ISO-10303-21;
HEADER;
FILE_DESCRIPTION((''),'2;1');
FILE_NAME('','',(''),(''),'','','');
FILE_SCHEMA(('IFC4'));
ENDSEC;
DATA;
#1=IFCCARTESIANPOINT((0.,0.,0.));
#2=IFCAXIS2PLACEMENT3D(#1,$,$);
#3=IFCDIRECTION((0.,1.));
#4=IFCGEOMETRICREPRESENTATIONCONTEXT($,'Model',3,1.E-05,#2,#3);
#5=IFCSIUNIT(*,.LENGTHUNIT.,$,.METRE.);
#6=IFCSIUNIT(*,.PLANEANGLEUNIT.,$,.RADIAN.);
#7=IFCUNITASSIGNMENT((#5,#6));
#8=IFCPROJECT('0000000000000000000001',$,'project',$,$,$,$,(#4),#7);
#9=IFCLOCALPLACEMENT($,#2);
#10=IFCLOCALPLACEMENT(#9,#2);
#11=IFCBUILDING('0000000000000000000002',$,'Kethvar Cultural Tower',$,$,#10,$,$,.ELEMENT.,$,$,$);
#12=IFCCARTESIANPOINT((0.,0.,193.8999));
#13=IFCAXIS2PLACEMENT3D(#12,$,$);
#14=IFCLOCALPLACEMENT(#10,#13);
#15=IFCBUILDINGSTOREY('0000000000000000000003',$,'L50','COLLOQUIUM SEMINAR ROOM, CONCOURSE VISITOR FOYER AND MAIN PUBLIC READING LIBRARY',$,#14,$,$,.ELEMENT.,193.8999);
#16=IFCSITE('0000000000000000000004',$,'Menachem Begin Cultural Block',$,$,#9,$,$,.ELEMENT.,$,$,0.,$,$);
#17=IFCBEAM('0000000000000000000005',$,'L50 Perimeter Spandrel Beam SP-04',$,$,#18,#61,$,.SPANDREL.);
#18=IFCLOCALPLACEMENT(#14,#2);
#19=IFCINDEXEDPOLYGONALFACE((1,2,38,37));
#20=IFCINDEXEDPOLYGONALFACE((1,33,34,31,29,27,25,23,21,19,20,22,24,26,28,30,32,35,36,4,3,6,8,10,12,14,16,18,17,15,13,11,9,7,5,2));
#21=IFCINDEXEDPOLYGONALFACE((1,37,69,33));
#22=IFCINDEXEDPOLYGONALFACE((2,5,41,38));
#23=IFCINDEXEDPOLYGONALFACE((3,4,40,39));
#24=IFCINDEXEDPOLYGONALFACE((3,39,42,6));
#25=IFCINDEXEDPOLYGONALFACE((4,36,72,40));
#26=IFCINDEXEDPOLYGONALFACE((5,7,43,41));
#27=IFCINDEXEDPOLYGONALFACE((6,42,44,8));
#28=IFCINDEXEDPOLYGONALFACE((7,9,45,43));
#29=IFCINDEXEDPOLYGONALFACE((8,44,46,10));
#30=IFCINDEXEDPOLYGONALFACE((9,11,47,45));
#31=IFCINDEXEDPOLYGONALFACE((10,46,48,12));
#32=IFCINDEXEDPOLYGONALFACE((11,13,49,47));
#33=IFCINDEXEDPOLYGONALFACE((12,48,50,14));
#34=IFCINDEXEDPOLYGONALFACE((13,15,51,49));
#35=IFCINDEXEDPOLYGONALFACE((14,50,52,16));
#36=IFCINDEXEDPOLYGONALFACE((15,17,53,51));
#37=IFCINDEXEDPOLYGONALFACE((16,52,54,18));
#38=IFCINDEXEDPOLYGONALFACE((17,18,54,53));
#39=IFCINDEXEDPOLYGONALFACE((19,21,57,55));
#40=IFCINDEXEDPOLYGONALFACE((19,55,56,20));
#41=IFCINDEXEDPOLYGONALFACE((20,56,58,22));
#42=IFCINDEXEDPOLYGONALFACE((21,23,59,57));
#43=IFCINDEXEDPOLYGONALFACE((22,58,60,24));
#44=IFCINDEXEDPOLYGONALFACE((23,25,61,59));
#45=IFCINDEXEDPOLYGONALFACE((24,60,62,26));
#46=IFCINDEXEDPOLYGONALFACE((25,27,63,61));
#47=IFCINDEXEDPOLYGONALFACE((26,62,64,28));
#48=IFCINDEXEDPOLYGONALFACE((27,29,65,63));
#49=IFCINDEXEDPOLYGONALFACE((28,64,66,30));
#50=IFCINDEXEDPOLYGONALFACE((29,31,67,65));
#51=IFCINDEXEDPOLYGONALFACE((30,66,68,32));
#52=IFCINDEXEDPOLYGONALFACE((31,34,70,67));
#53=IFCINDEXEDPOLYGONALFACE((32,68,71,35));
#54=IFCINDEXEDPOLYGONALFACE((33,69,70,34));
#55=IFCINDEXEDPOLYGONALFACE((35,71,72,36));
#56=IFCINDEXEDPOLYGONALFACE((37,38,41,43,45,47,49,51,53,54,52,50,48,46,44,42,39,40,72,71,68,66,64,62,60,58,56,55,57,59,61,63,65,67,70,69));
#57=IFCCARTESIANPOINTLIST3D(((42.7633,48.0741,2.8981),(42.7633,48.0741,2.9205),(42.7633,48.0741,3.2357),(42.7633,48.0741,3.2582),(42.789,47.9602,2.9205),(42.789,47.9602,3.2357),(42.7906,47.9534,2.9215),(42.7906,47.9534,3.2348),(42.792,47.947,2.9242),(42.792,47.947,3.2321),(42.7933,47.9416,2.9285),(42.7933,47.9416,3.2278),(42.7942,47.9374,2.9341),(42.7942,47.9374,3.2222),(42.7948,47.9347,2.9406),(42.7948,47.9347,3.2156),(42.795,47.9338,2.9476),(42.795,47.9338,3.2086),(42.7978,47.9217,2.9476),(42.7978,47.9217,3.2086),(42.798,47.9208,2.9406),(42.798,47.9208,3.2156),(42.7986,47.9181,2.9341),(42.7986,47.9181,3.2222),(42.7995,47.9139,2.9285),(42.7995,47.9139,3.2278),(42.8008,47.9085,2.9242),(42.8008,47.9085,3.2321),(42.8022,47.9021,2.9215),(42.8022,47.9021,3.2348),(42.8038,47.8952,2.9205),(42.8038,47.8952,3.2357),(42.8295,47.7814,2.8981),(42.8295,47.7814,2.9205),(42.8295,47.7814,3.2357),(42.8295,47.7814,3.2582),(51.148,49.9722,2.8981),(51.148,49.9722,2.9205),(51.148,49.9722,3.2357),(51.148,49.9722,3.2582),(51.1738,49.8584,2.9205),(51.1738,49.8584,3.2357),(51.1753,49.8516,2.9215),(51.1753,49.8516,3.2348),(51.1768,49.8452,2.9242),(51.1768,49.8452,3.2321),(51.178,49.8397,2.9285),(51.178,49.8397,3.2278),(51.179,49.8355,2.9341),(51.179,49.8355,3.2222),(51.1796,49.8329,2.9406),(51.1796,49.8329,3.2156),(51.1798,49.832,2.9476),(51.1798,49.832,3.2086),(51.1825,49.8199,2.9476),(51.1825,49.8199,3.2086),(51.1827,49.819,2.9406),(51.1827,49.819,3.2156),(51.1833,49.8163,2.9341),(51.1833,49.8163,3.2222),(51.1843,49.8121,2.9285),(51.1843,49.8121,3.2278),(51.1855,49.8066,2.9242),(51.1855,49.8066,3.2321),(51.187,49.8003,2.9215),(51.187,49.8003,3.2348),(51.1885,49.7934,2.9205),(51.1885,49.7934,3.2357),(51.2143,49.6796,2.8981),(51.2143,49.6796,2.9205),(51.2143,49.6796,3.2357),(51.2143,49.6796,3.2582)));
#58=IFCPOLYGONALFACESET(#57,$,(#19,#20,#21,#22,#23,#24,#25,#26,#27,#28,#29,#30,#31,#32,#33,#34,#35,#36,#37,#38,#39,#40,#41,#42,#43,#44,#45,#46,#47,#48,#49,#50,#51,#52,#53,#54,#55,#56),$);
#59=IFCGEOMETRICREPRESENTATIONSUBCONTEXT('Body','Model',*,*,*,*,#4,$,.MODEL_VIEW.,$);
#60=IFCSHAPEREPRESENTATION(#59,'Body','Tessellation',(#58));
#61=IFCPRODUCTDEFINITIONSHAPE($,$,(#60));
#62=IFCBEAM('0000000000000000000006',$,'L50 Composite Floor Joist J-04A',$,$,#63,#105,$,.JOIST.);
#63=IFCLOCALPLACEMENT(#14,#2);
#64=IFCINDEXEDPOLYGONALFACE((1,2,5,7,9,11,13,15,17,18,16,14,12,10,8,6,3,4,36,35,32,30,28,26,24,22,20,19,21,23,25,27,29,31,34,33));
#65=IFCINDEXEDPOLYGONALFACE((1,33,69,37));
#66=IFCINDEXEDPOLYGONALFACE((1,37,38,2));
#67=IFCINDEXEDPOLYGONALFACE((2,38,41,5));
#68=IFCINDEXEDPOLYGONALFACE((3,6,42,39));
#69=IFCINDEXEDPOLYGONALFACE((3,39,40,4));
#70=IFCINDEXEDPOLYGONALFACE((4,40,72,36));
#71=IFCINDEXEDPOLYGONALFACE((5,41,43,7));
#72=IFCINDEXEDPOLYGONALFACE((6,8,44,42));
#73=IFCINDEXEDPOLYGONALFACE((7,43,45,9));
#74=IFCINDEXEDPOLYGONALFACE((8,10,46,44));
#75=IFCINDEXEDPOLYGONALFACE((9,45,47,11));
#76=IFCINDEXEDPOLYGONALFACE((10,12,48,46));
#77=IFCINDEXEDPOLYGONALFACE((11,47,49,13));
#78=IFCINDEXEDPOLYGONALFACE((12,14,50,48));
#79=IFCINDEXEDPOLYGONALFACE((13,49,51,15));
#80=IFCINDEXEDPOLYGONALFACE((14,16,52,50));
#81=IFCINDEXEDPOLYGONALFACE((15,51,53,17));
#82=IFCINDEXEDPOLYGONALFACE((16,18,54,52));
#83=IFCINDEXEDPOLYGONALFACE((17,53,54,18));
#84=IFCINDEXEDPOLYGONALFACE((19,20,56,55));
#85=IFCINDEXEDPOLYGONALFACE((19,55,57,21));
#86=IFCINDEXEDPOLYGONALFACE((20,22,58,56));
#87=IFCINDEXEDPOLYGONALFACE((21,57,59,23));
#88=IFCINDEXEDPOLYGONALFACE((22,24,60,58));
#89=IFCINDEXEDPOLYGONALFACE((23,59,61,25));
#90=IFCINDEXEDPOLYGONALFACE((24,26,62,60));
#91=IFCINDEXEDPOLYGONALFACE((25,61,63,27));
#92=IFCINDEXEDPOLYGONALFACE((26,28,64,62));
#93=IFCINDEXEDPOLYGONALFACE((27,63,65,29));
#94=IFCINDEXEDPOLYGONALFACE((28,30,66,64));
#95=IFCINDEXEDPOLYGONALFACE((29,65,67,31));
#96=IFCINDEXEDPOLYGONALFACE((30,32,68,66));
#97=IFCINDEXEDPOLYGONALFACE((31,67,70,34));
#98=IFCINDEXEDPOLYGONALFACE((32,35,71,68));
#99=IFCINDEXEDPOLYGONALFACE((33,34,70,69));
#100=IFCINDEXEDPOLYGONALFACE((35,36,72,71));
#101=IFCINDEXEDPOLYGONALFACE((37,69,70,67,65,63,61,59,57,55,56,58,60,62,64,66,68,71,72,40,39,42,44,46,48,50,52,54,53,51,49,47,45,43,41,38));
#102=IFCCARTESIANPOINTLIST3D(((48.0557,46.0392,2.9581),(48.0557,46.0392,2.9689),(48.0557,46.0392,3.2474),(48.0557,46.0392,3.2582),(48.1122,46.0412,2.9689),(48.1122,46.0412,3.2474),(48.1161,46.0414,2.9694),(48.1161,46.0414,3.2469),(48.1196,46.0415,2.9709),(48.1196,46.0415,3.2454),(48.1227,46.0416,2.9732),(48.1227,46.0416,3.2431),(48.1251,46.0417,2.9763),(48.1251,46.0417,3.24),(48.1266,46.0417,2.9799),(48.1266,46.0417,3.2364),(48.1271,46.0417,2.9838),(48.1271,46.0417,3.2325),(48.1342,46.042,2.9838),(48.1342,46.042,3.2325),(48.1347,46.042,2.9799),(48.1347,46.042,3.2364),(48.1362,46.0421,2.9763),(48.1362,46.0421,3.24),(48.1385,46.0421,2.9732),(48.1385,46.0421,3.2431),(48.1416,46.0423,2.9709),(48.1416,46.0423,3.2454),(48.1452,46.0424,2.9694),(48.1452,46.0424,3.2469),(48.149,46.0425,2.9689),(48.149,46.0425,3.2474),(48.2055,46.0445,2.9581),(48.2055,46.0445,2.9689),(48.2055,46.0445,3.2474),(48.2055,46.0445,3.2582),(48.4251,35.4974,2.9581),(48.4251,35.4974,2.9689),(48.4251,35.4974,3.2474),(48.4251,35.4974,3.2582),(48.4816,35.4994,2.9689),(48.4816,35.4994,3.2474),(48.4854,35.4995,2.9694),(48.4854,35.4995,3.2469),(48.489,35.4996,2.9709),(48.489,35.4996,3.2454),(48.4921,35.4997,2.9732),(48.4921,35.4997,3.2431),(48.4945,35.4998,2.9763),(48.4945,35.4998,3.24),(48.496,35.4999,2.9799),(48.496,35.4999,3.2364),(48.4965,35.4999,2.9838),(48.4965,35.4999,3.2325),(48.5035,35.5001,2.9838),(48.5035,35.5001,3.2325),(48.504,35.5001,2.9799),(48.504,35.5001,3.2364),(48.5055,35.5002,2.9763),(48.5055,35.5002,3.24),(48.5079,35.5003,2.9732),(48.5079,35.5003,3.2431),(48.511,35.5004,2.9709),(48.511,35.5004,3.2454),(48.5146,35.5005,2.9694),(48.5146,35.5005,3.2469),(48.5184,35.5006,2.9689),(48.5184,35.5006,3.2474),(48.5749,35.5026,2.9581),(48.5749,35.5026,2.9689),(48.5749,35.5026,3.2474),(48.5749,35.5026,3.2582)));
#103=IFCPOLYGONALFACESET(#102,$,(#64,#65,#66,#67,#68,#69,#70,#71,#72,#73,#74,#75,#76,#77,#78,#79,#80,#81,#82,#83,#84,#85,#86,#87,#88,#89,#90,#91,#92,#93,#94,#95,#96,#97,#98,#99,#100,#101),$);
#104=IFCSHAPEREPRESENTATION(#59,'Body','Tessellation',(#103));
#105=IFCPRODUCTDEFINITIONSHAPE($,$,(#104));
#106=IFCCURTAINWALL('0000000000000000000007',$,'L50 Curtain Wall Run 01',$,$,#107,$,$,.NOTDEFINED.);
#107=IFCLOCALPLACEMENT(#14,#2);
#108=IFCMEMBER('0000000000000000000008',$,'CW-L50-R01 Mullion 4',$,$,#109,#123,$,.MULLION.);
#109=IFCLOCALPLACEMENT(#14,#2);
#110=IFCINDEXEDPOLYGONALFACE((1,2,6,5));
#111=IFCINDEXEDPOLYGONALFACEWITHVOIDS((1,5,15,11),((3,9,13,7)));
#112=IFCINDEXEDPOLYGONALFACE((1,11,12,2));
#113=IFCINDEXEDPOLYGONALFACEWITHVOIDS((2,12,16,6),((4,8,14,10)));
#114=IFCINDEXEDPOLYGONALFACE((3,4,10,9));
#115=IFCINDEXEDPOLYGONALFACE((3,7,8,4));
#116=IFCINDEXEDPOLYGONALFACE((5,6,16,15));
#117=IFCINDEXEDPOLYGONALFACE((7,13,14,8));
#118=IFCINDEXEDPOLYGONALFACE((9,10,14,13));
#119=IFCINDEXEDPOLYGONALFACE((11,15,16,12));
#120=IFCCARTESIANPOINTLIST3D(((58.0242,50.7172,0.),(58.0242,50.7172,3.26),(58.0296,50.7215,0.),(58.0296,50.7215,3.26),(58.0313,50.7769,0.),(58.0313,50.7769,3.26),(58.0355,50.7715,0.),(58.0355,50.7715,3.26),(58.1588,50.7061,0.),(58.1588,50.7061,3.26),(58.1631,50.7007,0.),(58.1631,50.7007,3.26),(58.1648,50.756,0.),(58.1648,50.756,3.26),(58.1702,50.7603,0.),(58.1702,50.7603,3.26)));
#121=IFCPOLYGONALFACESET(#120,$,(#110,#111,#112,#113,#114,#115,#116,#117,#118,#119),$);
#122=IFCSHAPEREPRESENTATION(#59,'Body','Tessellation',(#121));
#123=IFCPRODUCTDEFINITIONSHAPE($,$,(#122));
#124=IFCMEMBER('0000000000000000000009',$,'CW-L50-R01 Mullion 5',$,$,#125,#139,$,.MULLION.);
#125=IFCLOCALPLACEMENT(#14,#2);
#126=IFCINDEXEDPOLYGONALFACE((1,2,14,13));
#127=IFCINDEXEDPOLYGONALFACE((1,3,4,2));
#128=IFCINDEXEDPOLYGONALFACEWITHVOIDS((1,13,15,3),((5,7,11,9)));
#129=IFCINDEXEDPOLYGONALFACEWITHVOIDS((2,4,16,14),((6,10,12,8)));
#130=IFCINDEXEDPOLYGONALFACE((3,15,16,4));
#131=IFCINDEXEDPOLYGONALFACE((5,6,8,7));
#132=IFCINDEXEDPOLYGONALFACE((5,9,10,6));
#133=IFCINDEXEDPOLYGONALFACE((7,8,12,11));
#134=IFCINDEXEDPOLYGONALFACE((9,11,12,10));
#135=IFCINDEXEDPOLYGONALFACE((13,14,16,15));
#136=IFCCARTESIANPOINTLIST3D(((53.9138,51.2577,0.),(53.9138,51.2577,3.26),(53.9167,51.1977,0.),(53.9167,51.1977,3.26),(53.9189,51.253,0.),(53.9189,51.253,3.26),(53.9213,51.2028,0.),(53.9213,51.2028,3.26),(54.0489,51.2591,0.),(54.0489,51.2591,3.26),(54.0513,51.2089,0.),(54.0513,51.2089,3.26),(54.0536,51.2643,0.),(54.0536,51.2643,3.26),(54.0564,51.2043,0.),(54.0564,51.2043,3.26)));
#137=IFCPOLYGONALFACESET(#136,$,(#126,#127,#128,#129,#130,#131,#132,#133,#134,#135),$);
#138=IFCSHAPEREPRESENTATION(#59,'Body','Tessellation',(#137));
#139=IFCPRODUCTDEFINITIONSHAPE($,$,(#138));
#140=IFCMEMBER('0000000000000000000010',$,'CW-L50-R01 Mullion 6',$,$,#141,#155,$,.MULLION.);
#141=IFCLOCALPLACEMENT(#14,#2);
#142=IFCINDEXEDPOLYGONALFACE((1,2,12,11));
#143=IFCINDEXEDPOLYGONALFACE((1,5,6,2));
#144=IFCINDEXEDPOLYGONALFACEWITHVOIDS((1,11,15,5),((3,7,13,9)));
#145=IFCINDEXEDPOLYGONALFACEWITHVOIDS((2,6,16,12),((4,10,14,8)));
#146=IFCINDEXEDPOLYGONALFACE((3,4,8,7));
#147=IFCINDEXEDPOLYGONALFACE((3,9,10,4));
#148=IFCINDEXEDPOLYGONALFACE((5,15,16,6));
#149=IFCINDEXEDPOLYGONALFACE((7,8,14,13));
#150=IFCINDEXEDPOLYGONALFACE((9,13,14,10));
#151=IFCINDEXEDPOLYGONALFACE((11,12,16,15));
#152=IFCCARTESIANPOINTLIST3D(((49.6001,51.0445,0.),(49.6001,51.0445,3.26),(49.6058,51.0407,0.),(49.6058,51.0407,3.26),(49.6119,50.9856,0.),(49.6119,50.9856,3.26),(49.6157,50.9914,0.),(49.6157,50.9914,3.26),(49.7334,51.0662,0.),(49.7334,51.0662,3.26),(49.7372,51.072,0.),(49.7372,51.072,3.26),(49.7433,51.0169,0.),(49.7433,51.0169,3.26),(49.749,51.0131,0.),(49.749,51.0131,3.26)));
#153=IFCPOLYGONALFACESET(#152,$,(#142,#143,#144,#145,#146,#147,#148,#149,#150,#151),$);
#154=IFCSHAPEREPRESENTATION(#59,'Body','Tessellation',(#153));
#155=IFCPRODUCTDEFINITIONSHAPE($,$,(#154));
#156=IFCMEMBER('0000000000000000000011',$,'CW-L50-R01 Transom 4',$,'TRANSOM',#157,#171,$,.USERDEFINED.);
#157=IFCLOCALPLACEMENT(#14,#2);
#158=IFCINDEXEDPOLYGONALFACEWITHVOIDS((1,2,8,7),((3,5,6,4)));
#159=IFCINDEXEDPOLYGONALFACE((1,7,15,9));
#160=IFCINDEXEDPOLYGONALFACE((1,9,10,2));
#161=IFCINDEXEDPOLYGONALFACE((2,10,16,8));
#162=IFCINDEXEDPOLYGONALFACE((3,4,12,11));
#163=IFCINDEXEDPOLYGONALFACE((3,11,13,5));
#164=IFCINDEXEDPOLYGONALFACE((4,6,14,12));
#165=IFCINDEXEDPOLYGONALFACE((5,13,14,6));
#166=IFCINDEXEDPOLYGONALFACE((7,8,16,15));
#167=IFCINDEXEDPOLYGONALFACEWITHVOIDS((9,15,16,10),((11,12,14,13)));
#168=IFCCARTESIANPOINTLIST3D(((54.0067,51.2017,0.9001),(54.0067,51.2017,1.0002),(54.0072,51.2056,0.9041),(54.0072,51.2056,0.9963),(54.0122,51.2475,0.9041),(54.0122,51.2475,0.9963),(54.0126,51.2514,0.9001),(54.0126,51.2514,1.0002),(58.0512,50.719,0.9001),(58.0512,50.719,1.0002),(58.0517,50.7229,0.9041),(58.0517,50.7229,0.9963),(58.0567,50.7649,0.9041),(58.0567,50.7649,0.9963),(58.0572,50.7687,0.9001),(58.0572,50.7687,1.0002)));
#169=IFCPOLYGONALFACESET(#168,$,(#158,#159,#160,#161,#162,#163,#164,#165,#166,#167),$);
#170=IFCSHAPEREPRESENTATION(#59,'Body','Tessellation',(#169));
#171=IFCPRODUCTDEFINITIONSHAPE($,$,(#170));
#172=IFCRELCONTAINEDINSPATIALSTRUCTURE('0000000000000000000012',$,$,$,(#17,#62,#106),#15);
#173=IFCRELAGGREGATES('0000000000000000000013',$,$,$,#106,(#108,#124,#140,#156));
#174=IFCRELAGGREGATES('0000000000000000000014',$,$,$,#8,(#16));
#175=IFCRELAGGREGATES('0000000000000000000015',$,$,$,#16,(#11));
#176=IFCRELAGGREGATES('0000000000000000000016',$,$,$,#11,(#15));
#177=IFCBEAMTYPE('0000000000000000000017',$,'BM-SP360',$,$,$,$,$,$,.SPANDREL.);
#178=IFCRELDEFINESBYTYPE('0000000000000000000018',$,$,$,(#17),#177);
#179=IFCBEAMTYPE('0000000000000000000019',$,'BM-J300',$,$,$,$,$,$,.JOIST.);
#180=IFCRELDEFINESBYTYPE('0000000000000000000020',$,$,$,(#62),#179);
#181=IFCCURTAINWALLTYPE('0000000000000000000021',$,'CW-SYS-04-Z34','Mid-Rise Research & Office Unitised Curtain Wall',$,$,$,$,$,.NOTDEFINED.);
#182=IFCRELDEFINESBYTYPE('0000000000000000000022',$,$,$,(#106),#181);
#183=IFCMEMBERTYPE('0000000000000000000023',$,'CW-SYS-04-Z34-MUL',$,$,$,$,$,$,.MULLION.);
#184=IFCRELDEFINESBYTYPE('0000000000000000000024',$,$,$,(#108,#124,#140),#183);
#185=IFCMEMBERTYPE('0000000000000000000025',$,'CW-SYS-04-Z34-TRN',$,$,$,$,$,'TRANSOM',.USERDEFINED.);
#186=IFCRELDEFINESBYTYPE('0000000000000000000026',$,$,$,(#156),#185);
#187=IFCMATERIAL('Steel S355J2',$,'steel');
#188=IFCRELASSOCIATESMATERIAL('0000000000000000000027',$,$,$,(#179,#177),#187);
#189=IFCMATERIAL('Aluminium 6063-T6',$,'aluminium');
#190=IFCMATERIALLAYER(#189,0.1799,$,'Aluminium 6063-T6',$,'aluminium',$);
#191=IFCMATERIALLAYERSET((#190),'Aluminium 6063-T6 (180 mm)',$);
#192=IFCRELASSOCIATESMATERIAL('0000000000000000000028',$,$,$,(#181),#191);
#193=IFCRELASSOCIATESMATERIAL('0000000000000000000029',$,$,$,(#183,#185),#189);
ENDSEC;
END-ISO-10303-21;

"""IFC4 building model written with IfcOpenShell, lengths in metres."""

from ifc_helpers import new_model, si_unit, direction, frame, origin, origin_2d, place, context, subcontext, project, spatial, hollow_rectangle, i_section, extrude, source, transform, mapped, material, layer, layer_set, material_profile, profile_set, type_object, element, aggregate, save


model = new_model("IFC4")

# Units and contexts
model_context = context("Model", 3, precision=1e-05, world=origin(), true_north=direction((0.0, 1.0)))
body_context = subcontext(model_context, "Body", "Model", "MODEL_VIEW")
ifc_project = project(units=[si_unit("LENGTHUNIT", "METRE"), si_unit("PLANEANGLEUNIT", "RADIAN")], contexts=[model_context])

# Site, building, storey
site_placement = place(None, origin())
site = spatial("IfcSite", under=ifc_project, at=site_placement, Name="Menachem Begin Cultural Block", CompositionType="ELEMENT", RefElevation=0.0)
building_placement = place(site_placement, origin())
building = spatial("IfcBuilding", under=site, at=building_placement, Name="Kethvar Cultural Tower", CompositionType="ELEMENT")
storey_placement = place(building_placement, frame((0.0, 0.0, 193.8999)))
storey = spatial("IfcBuildingStorey", under=building, at=storey_placement, Name="L50", Description="COLLOQUIUM SEMINAR ROOM, CONCOURSE VISITOR FOYER AND MAIN PUBLIC READING LIBRARY", CompositionType="ELEMENT", Elevation=193.8999)

# Beams
ifc_material_1 = material(Name="Steel S355J2", Category="steel")
ifc_material_profile_1 = material_profile(ifc_material_1, i_section(OverallWidth=0.1499, OverallDepth=0.3, WebThickness=0.0071, FlangeThickness=0.0107, FilletRadius=0.0149, at=origin_2d()), Name="Steel S355J2 — IPE300")
ifc_profile_set_1 = profile_set([ifc_material_profile_1], Name="Steel S355J2 — IPE300")
beam_type_1 = type_object("IfcBeamType", Name="BM-J300", PredefinedType="JOIST", material=ifc_profile_set_1)
ifc_material_profile_2 = material_profile(ifc_material_1, i_section(OverallWidth=0.3, OverallDepth=0.3601, WebThickness=0.0125, FlangeThickness=0.0225, FilletRadius=0.0271, at=origin_2d()), Name="Steel S355J2 — HEB360")
ifc_profile_set_2 = profile_set([ifc_material_profile_2], Name="Steel S355J2 — HEB360")
beam_type_2 = type_object("IfcBeamType", Name="BM-SP360", PredefinedType="SPANDREL", material=ifc_profile_set_2)
shared_shape_1 = source(origin(), body_context, "Body", "SweptSolid", [
    extrude(i_section(OverallWidth=0.3, OverallDepth=0.3601, WebThickness=0.0125, FlangeThickness=0.0225, FilletRadius=0.0271, at=origin_2d()), origin(), (0.0, 0.0, 1.0), 8.5969),
])
beam_1_placement = place(storey_placement, frame((51.1812, 49.8259, 3.0781), z_axis=(-0.975319, -0.220799, 0.0), x_axis=(0.220799, -0.975319, 0.0)))
element("IfcBeam", 1, at=beam_1_placement, inside=storey, type_object=beam_type_2, Name="L50 Perimeter Spandrel Beam SP-04", PredefinedType="SPANDREL", context=body_context, shape_type="MappedRepresentation", body=[
    mapped(shared_shape_1, transform((0.0, 0.0, 0.0), scale=1.0)),
])
shared_shape_2 = source(origin(), body_context, "Body", "SweptSolid", [
    extrude(i_section(OverallWidth=0.1499, OverallDepth=0.3, WebThickness=0.0071, FlangeThickness=0.0107, FilletRadius=0.0149, at=origin_2d()), origin(), (0.0, 0.0, 1.0), 10.5483),
])
beam_2_placement = place(storey_placement, frame((48.5, 35.5, 3.1082), z_axis=(-0.035018, 0.999387, 0.0), x_axis=(-0.999387, -0.035018, 0.0)))
element("IfcBeam", 2, at=beam_2_placement, inside=storey, type_object=beam_type_1, Name="L50 Composite Floor Joist J-04A", PredefinedType="JOIST", context=body_context, shape_type="MappedRepresentation", body=[
    mapped(shared_shape_2, transform((0.0, 0.0, 0.0), scale=1.0)),
])

# Curtain wall, members
ifc_material_2 = material(Name="Aluminium 6063-T6", Category="aluminium")
ifc_layer_1 = layer(ifc_material_2, 0.1799, Name="Aluminium 6063-T6", Category="aluminium")
ifc_layer_set_1 = layer_set([ifc_layer_1], Name="Aluminium 6063-T6 (180 mm)")
curtain_wall_type = type_object("IfcCurtainWallType", Name="CW-SYS-04-Z34", Description="Mid-Rise Research & Office Unitised Curtain Wall", PredefinedType="NOTDEFINED", material=ifc_layer_set_1)
curtain_wall_placement = place(storey_placement, origin())
curtain_wall = element("IfcCurtainWall", 3, at=curtain_wall_placement, inside=storey, type_object=curtain_wall_type, Name="L50 Curtain Wall Run 01", PredefinedType="NOTDEFINED")
ifc_material_profile_3 = material_profile(ifc_material_2, hollow_rectangle(XDim=0.0601, YDim=0.1399, WallThickness=0.0049, at=origin_2d()), Name="Aluminium 6063-T6 — RHS140x60x5")
ifc_profile_set_3 = profile_set([ifc_material_profile_3], Name="Aluminium 6063-T6 — RHS140x60x5")
member_type_1 = type_object("IfcMemberType", Name="CW-SYS-04-Z34-MUL", PredefinedType="MULLION", material=ifc_profile_set_3)
shared_shape_3 = source(origin(), body_context, "Body", "SweptSolid", [
    extrude(hollow_rectangle(XDim=0.0601, YDim=0.1399, WallThickness=0.0049, at=origin_2d()), origin(), (0.0, 0.0, 1.0), 3.26),
])
member_1_placement = place(storey_placement, frame((58.0972, 50.7388, 0.0), z_axis=(0.0, 0.0, 1.0), x_axis=(-0.118525, -0.992951, 0.0)))
member_1 = element("IfcMember", 4, at=member_1_placement, type_object=member_type_1, Name="CW-L50-R01 Mullion 4", PredefinedType="MULLION", context=body_context, shape_type="MappedRepresentation", body=[
    mapped(shared_shape_3, transform((0.0, 0.0, 0.0), scale=1.0)),
])
member_2_placement = place(storey_placement, frame((53.9851, 51.231, 0.0), z_axis=(0.0, 0.0, 1.0), x_axis=(0.047159, -0.998887, 0.0)))
member_2 = element("IfcMember", 5, at=member_2_placement, type_object=member_type_1, Name="CW-L50-R01 Mullion 5", PredefinedType="MULLION", context=body_context, shape_type="MappedRepresentation", body=[
    mapped(shared_shape_3, transform((0.0, 0.0, 0.0), scale=1.0)),
])
member_3_placement = place(storey_placement, frame((49.6746, 51.0288, 0.0), z_axis=(0.0, 0.0, 1.0), x_axis=(0.196391, -0.980526, 0.0)))
member_3 = element("IfcMember", 6, at=member_3_placement, type_object=member_type_1, Name="CW-L50-R01 Mullion 6", PredefinedType="MULLION", context=body_context, shape_type="MappedRepresentation", body=[
    mapped(shared_shape_3, transform((0.0, 0.0, 0.0), scale=1.0)),
])
ifc_material_profile_4 = material_profile(ifc_material_2, hollow_rectangle(XDim=0.05, YDim=0.1001, WallThickness=0.0039, at=origin_2d()), Name="Aluminium 6063-T6 — RHS100x50x4")
ifc_profile_set_4 = profile_set([ifc_material_profile_4], Name="Aluminium 6063-T6 — RHS100x50x4")
member_type_2 = type_object("IfcMemberType", Name="CW-SYS-04-Z34-TRN", ElementType="TRANSOM", PredefinedType="USERDEFINED", material=ifc_profile_set_4)
shared_shape_4 = source(origin(), body_context, "Body", "SweptSolid", [
    extrude(hollow_rectangle(XDim=0.05, YDim=0.1001, WallThickness=0.0039, at=origin_2d()), origin(), (0.0, 0.0, 1.0), 4.0732),
])
member_4_placement = place(storey_placement, frame((58.0542, 50.7439, 0.9502), z_axis=(-0.992954, 0.1185, 0.0), x_axis=(-0.1185, -0.992954, 0.0)))
member_4 = element("IfcMember", 7, at=member_4_placement, type_object=member_type_2, Name="CW-L50-R01 Transom 4", ObjectType="TRANSOM", PredefinedType="USERDEFINED", context=body_context, shape_type="MappedRepresentation", body=[
    mapped(shared_shape_4, transform((0.0, 0.0, 0.0), scale=1.0)),
])
aggregate(curtain_wall, [member_1, member_2, member_3, member_4])

save(model, "model.ifc")
